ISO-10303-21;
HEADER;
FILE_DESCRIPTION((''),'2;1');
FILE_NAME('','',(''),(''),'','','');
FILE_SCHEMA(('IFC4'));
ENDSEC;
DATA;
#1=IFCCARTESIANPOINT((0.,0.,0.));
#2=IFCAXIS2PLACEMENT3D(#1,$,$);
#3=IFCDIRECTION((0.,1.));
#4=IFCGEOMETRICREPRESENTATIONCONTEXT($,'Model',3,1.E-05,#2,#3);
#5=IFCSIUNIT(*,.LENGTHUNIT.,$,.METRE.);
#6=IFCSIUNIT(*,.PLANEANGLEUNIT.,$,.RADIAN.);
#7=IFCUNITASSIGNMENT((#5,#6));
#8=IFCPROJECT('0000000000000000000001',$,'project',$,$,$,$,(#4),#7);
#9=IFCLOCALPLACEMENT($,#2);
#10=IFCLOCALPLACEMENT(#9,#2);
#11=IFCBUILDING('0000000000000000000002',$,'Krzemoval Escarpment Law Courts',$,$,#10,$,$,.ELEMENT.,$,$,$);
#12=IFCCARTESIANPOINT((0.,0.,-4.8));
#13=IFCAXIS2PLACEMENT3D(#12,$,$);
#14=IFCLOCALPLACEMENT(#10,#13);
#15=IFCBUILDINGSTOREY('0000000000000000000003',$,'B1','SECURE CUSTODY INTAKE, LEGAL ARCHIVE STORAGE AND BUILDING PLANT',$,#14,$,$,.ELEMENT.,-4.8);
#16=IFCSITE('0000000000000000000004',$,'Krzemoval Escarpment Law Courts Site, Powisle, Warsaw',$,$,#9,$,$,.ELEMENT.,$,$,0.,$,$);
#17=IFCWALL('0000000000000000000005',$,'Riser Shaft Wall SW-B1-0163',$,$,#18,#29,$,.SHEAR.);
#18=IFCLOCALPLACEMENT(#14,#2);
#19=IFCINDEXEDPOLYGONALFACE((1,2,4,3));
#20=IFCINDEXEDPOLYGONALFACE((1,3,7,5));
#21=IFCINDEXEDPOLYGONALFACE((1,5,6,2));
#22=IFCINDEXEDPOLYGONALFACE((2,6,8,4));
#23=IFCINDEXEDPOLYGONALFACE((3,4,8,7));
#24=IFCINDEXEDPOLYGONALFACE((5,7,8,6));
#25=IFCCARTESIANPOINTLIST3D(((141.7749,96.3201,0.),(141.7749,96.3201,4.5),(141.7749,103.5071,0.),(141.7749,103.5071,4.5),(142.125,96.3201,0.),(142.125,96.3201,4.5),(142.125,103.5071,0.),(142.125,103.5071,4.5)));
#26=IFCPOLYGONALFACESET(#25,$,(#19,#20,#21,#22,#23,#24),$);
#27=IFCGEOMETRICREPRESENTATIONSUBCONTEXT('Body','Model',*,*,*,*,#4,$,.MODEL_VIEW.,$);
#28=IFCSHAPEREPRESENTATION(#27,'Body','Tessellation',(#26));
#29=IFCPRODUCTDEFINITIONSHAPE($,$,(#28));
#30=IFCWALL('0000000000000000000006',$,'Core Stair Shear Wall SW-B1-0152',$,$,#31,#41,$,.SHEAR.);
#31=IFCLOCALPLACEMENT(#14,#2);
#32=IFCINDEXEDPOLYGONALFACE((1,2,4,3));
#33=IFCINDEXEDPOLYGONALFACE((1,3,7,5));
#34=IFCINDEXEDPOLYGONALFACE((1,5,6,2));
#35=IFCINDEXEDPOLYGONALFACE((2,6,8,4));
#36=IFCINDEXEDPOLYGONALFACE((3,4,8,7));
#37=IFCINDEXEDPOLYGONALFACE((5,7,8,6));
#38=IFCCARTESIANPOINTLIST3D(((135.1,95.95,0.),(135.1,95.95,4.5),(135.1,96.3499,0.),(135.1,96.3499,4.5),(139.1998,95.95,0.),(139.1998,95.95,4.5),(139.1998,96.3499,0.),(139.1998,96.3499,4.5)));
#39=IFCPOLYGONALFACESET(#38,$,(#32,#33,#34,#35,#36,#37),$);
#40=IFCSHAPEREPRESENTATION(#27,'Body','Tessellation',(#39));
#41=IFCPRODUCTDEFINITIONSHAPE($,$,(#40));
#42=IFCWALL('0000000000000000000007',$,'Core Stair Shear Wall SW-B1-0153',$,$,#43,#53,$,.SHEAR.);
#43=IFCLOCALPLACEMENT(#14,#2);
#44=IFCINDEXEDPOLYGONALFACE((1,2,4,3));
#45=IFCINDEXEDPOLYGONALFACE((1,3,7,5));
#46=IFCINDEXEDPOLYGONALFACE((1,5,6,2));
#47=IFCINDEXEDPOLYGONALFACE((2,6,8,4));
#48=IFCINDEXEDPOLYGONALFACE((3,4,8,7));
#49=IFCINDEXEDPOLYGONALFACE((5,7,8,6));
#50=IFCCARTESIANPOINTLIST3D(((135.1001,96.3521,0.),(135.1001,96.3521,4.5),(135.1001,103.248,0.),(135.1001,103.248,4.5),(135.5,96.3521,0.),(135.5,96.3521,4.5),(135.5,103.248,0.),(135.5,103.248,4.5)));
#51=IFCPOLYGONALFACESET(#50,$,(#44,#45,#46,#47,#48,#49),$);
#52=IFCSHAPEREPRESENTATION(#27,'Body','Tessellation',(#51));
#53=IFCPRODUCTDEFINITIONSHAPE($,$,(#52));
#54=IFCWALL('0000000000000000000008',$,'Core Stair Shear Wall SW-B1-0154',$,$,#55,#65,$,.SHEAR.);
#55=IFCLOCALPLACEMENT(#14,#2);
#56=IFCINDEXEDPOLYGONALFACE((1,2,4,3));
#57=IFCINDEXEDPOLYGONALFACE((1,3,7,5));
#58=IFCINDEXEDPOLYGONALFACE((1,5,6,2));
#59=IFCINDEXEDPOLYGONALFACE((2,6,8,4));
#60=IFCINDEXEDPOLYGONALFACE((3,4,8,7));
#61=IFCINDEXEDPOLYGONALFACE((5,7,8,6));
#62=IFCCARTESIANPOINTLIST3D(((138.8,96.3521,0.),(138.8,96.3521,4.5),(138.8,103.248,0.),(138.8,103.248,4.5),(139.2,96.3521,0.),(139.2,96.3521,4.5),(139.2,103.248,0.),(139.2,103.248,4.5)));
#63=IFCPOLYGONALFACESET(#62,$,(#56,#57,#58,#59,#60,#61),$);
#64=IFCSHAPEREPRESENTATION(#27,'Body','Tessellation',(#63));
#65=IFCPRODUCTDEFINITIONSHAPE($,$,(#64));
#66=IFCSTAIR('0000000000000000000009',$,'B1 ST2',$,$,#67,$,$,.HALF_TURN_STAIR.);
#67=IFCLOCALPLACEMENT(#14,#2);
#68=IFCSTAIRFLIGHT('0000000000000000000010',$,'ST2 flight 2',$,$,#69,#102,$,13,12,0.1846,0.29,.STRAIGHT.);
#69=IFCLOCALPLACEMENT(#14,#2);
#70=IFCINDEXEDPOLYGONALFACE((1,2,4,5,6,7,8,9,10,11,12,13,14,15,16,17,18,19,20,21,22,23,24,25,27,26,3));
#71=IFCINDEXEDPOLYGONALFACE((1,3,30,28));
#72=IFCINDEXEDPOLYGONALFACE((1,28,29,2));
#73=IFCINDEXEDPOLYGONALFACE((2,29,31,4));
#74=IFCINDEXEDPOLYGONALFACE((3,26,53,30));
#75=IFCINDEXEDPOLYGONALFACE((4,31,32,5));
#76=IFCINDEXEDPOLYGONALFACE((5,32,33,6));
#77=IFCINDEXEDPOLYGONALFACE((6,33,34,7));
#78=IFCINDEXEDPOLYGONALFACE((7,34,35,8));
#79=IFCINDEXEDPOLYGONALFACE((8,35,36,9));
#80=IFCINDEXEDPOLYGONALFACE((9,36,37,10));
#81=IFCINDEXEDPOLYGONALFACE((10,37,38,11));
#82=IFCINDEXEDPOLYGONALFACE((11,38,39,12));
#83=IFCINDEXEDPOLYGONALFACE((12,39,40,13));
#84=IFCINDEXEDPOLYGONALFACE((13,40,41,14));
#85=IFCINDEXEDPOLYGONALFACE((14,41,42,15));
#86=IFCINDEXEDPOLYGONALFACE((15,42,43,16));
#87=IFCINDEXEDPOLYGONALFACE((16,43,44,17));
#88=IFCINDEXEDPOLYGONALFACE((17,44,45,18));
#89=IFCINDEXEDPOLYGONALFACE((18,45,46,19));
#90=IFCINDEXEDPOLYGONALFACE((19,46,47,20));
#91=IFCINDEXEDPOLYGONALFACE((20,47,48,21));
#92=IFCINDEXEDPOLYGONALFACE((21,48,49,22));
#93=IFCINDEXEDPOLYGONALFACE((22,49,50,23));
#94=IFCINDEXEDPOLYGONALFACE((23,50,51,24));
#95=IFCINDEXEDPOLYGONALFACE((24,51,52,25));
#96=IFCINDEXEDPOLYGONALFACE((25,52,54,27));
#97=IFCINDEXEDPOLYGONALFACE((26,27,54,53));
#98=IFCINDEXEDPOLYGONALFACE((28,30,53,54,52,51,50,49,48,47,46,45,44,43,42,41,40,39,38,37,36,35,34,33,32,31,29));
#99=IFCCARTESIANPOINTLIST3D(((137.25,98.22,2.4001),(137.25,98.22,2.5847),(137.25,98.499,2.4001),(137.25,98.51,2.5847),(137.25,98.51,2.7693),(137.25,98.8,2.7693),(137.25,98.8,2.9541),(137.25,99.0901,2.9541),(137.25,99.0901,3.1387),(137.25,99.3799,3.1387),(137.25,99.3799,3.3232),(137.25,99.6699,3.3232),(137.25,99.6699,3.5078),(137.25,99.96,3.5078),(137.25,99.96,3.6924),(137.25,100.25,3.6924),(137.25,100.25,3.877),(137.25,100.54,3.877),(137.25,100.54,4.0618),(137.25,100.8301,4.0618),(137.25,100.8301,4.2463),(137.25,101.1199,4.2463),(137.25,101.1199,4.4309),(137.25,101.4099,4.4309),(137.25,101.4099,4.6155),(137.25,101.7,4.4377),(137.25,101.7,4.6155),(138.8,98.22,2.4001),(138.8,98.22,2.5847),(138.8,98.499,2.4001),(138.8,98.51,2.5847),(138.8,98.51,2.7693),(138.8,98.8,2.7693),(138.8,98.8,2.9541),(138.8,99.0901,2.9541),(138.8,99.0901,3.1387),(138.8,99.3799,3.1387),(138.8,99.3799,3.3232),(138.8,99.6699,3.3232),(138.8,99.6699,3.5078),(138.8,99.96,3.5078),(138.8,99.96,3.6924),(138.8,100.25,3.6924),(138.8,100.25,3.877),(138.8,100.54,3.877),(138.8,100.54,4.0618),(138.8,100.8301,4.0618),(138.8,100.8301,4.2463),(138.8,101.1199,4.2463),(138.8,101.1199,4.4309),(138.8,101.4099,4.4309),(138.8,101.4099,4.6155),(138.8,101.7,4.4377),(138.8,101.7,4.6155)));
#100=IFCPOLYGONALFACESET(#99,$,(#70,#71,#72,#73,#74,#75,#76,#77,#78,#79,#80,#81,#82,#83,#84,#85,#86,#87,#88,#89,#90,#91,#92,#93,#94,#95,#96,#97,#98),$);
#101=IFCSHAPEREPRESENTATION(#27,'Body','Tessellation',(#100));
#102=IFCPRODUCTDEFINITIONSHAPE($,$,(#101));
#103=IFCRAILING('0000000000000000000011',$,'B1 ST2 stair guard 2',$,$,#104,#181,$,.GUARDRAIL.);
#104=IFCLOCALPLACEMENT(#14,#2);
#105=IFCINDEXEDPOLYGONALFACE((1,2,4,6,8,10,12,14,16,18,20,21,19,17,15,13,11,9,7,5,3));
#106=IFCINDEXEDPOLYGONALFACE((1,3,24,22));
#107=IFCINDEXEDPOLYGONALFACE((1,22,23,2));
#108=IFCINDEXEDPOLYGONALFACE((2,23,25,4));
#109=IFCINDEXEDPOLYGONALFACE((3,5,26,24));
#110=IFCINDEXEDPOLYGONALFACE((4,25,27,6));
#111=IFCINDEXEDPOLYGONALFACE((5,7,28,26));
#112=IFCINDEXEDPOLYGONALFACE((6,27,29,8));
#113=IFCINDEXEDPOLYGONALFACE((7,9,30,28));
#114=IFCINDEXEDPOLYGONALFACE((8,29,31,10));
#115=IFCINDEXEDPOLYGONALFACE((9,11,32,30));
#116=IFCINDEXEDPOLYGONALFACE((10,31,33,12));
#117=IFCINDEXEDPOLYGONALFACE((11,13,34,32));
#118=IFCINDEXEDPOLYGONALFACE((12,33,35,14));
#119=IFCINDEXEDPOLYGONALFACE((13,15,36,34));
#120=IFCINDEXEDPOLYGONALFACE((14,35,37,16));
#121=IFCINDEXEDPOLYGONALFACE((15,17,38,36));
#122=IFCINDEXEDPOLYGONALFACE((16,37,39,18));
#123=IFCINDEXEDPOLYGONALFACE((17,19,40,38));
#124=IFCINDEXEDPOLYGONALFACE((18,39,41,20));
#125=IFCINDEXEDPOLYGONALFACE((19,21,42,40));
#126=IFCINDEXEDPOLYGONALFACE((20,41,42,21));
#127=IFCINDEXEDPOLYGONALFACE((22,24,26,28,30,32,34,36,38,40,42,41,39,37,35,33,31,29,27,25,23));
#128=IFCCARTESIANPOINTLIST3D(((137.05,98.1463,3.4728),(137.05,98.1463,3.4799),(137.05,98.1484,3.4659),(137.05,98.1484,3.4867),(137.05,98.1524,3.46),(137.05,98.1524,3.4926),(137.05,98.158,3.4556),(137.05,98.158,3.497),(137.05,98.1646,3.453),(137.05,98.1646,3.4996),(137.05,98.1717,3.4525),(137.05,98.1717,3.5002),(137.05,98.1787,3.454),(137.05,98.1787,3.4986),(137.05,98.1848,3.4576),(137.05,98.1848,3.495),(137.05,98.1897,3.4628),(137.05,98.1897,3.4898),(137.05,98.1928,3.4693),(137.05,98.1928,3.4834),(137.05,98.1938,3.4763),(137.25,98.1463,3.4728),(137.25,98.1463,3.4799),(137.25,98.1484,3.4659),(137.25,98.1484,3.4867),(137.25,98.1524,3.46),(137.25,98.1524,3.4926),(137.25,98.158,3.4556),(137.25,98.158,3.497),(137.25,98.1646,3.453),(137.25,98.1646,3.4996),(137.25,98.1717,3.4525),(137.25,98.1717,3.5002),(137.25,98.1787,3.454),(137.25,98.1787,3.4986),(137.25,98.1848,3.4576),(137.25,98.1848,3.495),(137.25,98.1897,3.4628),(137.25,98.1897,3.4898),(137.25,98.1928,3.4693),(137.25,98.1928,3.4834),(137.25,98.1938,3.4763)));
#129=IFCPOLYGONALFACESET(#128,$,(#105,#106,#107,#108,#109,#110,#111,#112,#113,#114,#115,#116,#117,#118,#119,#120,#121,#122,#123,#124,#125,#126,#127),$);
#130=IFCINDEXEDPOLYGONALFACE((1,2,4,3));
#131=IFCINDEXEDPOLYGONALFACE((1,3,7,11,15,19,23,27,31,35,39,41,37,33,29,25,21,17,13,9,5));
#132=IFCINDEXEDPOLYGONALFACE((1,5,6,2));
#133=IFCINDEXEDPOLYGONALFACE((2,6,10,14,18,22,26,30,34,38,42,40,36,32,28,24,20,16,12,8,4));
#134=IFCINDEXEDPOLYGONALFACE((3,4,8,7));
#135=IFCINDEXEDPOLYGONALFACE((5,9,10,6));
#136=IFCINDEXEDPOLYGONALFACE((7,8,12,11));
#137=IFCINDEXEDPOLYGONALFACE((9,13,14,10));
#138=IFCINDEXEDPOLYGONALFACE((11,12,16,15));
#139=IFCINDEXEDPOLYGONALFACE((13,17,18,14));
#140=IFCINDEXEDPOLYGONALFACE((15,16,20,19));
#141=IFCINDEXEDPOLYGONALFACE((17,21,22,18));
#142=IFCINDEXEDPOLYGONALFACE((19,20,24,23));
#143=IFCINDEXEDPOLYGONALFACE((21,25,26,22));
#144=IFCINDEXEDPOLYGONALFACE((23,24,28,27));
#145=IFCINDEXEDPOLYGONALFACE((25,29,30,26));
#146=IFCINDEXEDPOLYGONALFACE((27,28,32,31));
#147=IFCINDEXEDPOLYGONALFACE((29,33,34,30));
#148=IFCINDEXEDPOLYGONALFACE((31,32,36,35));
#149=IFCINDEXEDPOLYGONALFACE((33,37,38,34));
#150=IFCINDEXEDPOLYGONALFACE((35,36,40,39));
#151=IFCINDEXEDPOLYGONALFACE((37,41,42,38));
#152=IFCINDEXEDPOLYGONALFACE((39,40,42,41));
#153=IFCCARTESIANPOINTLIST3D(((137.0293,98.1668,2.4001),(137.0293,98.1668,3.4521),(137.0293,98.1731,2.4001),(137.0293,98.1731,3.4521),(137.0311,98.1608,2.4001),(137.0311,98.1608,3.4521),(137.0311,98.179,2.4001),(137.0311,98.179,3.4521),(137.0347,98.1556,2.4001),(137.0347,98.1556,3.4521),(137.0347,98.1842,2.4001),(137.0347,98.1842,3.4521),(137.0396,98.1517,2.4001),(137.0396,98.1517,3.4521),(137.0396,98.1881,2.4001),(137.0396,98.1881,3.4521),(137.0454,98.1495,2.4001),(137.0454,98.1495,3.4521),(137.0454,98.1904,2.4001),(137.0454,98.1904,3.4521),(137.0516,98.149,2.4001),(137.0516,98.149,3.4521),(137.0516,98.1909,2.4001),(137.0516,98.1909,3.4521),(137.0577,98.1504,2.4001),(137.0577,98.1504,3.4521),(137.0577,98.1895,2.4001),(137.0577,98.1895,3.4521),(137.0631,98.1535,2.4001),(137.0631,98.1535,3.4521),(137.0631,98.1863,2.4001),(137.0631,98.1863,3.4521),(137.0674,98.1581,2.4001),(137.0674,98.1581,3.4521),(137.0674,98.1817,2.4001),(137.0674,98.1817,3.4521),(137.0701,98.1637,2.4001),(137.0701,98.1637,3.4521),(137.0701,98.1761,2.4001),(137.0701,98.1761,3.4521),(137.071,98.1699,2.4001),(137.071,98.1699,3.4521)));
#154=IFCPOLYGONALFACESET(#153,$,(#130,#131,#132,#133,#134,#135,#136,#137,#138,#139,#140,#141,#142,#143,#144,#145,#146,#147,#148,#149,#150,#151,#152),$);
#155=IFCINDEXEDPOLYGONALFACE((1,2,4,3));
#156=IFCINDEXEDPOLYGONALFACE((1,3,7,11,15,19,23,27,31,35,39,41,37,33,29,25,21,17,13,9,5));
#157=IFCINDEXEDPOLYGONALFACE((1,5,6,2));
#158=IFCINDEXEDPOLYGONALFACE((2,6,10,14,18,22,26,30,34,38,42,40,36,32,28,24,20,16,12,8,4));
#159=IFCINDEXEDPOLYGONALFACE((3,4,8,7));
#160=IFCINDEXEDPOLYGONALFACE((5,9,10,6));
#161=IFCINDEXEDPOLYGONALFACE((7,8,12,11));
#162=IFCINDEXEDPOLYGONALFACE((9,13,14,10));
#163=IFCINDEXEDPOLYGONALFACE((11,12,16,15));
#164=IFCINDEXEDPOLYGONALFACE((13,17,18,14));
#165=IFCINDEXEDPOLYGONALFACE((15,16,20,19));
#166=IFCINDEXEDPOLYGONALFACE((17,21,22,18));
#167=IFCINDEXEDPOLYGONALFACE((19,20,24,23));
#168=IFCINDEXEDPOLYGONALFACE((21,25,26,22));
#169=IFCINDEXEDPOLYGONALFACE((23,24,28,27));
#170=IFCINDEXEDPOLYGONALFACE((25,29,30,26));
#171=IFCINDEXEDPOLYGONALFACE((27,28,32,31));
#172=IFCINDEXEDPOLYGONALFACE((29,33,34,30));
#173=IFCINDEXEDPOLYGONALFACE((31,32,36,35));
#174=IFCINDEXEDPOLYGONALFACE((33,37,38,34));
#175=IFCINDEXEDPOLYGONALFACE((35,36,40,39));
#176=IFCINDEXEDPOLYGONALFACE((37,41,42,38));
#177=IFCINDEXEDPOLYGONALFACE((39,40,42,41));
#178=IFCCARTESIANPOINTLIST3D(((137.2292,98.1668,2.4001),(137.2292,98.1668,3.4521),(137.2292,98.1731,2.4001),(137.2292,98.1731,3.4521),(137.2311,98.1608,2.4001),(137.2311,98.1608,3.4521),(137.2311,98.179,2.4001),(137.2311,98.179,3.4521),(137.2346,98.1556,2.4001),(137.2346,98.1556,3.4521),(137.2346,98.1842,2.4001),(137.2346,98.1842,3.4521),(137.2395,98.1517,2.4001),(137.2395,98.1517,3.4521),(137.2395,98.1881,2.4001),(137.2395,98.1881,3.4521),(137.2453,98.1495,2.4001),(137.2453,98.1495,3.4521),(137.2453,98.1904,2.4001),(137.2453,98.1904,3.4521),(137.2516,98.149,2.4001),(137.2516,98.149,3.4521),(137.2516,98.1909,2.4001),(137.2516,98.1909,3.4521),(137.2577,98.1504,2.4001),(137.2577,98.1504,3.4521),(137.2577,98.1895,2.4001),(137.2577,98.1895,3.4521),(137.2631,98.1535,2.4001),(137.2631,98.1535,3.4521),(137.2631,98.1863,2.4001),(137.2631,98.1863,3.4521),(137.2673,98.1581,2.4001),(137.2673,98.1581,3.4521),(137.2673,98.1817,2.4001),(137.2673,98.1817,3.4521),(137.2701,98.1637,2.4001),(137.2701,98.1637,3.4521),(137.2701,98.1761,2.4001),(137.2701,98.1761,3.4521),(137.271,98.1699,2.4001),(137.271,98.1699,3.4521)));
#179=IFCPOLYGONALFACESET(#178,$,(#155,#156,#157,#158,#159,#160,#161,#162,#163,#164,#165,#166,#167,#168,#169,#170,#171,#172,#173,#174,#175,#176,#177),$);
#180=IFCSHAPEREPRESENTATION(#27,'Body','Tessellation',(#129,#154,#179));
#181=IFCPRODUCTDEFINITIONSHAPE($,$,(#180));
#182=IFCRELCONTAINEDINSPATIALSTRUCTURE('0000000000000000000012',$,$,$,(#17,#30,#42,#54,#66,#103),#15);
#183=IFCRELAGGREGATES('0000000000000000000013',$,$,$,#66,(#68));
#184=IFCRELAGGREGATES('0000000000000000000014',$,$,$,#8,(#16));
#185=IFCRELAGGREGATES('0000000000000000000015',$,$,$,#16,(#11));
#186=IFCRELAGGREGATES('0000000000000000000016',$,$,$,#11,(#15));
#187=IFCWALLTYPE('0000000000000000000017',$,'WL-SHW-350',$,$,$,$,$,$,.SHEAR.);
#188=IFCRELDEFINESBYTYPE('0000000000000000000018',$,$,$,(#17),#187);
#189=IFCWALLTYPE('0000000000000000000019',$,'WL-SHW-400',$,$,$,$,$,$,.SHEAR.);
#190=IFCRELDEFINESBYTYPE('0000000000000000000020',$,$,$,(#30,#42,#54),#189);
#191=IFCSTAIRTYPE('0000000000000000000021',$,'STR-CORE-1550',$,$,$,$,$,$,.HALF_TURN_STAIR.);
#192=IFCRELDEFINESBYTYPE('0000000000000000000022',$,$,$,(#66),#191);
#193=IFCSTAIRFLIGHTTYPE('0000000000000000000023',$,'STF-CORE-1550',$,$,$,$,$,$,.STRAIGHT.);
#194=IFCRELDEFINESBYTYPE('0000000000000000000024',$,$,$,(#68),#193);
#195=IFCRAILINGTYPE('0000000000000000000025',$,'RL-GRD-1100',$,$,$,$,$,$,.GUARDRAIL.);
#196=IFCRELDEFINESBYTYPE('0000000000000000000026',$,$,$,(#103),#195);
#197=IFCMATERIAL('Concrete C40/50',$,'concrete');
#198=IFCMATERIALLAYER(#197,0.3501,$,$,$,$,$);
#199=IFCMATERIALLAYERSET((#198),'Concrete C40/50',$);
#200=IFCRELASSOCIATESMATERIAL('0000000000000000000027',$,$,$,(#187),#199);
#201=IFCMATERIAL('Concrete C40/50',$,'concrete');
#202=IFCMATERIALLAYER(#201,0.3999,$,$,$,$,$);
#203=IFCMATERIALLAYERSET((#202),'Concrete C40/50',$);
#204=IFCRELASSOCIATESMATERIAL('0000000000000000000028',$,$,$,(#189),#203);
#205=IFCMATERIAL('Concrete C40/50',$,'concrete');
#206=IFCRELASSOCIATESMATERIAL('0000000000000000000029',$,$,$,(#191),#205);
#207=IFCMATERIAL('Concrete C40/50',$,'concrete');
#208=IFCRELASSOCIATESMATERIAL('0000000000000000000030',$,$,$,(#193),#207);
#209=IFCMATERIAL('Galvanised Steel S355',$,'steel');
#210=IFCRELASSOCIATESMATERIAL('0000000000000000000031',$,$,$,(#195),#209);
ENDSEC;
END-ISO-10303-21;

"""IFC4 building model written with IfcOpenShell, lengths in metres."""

from ifc_helpers import new_model, si_unit, direction, frame, frame_2d, origin, origin_2d, place, context, subcontext, project, spatial, polyline, rectangle, circle, outline, extrude, material, layer, layer_set, type_object, element, aggregate, save


model = new_model("IFC4")

# Units and contexts
model_context = context("Model", 3, precision=1e-05, world=origin(), true_north=direction((0.0, 1.0)))
body_context = subcontext(model_context, "Body", "Model", "MODEL_VIEW")
ifc_project = project(units=[si_unit("LENGTHUNIT", "METRE"), si_unit("PLANEANGLEUNIT", "RADIAN")], contexts=[model_context])

# Site, building, storey
site_placement = place(None, origin())
site = spatial("IfcSite", under=ifc_project, at=site_placement, Name="Krzemoval Escarpment Law Courts Site, Powisle, Warsaw", CompositionType="ELEMENT", RefElevation=0.0)
building_placement = place(site_placement, origin())
building = spatial("IfcBuilding", under=site, at=building_placement, Name="Krzemoval Escarpment Law Courts", CompositionType="ELEMENT")
storey_placement = place(building_placement, frame((0.0, 0.0, -4.8)))
storey = spatial("IfcBuildingStorey", under=building, at=storey_placement, Name="B1", Description="SECURE CUSTODY INTAKE, LEGAL ARCHIVE STORAGE AND BUILDING PLANT", CompositionType="ELEMENT", Elevation=-4.8)

# Walls
ifc_material_1 = material(Name="Concrete C40/50", Category="concrete")
ifc_layer_1 = layer(ifc_material_1, 0.3501)
ifc_layer_set_1 = layer_set([ifc_layer_1], Name="Concrete C40/50")
wall_type_1 = type_object("IfcWallType", Name="WL-SHW-350", PredefinedType="SHEAR", material=ifc_layer_set_1)
wall_1_placement = place(storey_placement, frame((141.95, 96.3201, 0.0), z_axis=(0.0, 0.0, 1.0), x_axis=(0.0, 1.0, 0.0)))
element("IfcWall", 1, at=wall_1_placement, inside=storey, type_object=wall_type_1, Name="Riser Shaft Wall SW-B1-0163", PredefinedType="SHEAR", context=body_context, shape_type="SweptSolid", body=[
    extrude(rectangle(XDim=7.187, YDim=0.3501, at=frame_2d((3.5935, 0.0))), origin(), (0.0, 0.0, 1.0), 4.5),
])
ifc_material_2 = material(Name="Concrete C40/50", Category="concrete")
ifc_layer_2 = layer(ifc_material_2, 0.3999)
ifc_layer_set_2 = layer_set([ifc_layer_2], Name="Concrete C40/50")
wall_type_2 = type_object("IfcWallType", Name="WL-SHW-400", PredefinedType="SHEAR", material=ifc_layer_set_2)
wall_2_placement = place(storey_placement, frame((135.1001, 96.1499, 0.0), z_axis=(0.0, 0.0, 1.0), x_axis=(1.0, 0.0, 0.0)))
element("IfcWall", 2, at=wall_2_placement, inside=storey, type_object=wall_type_2, Name="Core Stair Shear Wall SW-B1-0152", PredefinedType="SHEAR", context=body_context, shape_type="SweptSolid", body=[
    extrude(rectangle(XDim=4.0999, YDim=0.3999, at=frame_2d((2.0498, 0.0))), origin(), (0.0, 0.0, 1.0), 4.5),
])
for number, where, z_axis, x_axis, name in (
    (3, (135.3, 96.3521, 0.0), (0.0, 0.0, 1.0), (0.0, 1.0, 0.0), "Core Stair Shear Wall SW-B1-0153"),
    (4, (139.0, 96.3521, 0.0), (0.0, 0.0, 1.0), (0.0, 1.0, 0.0), "Core Stair Shear Wall SW-B1-0154"),
):
    element("IfcWall", number, at=place(storey_placement, frame(where, z_axis=z_axis, x_axis=x_axis)), inside=storey, type_object=wall_type_2, Name=name, PredefinedType="SHEAR", context=body_context, shape_type="SweptSolid", body=[
        extrude(rectangle(XDim=6.896, YDim=0.3999, at=frame_2d((3.448, 0.0))), origin(), (0.0, 0.0, 1.0), 4.5),
    ])

# Stair, stair flight
ifc_material_3 = material(Name="Concrete C40/50", Category="concrete")
stair_type = type_object("IfcStairType", Name="STR-CORE-1550", PredefinedType="HALF_TURN_STAIR", material=ifc_material_3)
stair_placement = place(storey_placement, origin())
stair = element("IfcStair", 5, at=stair_placement, inside=storey, type_object=stair_type, Name="B1 ST2", PredefinedType="HALF_TURN_STAIR")
ifc_material_4 = material(Name="Concrete C40/50", Category="concrete")
stair_flight_type = type_object("IfcStairFlightType", Name="STF-CORE-1550", PredefinedType="STRAIGHT", material=ifc_material_4)
stair_flight_placement = place(storey_placement, frame((138.0249, 98.22, 2.4001), z_axis=(0.0, 0.0, 1.0), x_axis=(0.0, 1.0, 0.0)))
stair_flight = element("IfcStairFlight", 6, at=stair_flight_placement, type_object=stair_flight_type, Name="ST2 flight 2", NumberOfRisers=13, NumberOfTreads=12, PredefinedType="STRAIGHT", RiserHeight=0.1846, TreadLength=0.29, context=body_context, shape_type="SweptSolid", body=[
    extrude(outline(polyline([(0.0, 0.0), (0.0, 0.1846), (0.29, 0.1846), (0.29, 0.3691), (0.5801, 0.3691), (0.5801, 0.554), (0.8701, 0.554), (0.8701, 0.7385), (1.1599, 0.7385), (1.1599, 0.9231), (1.45, 0.9231), (1.45, 1.1077), (1.74, 1.1077), (1.74, 1.2922), (2.03, 1.2922), (2.03, 1.4768), (2.3201, 1.4768), (2.3201, 1.6616), (2.6101, 1.6616), (2.6101, 1.8462), (2.8999, 1.8462), (2.8999, 2.0308), (3.1899, 2.0308), (3.1899, 2.2153), (3.48, 2.2153), (3.48, 2.3999), (3.48, 2.0376), (0.2791, 0.0), (0.0, 0.0)])), frame((0.0, 0.7749, 0.0), z_axis=(0.0, -1.0, 0.0), x_axis=(1.0, 0.0, 0.0)), (0.0, 0.0, 1.0), 1.55),
])
aggregate(stair, [stair_flight])

# Railing
ifc_material_5 = material(Name="Galvanised Steel S355", Category="steel")
railing_type_1 = type_object("IfcRailingType", Name="RL-GRD-1100", PredefinedType="GUARDRAIL", material=ifc_material_5)
railing_1_placement = place(storey_placement, frame((137.05, 98.1699, 2.4001)))
element("IfcRailing", 7, at=railing_1_placement, inside=storey, type_object=railing_type_1, Name="B1 ST2 stair guard 2", PredefinedType="GUARDRAIL", context=body_context, shape_type="SweptSolid", body=[
    extrude(circle(Radius=0.0239, at=origin_2d()), frame((0.0, 0.0, 1.0762), z_axis=(1.0, 0.0, 0.0), x_axis=(0.0, 1.0, 0.0)), (0.0, 0.0, 1.0), 0.2),
    extrude(circle(Radius=0.021, at=origin_2d()), origin(), (0.0, 0.0, 1.0), 1.052),
    extrude(circle(Radius=0.021, at=origin_2d()), frame((0.2, 0.0, 0.0)), (0.0, 0.0, 1.0), 1.052),
])

save(model, "model.ifc")
